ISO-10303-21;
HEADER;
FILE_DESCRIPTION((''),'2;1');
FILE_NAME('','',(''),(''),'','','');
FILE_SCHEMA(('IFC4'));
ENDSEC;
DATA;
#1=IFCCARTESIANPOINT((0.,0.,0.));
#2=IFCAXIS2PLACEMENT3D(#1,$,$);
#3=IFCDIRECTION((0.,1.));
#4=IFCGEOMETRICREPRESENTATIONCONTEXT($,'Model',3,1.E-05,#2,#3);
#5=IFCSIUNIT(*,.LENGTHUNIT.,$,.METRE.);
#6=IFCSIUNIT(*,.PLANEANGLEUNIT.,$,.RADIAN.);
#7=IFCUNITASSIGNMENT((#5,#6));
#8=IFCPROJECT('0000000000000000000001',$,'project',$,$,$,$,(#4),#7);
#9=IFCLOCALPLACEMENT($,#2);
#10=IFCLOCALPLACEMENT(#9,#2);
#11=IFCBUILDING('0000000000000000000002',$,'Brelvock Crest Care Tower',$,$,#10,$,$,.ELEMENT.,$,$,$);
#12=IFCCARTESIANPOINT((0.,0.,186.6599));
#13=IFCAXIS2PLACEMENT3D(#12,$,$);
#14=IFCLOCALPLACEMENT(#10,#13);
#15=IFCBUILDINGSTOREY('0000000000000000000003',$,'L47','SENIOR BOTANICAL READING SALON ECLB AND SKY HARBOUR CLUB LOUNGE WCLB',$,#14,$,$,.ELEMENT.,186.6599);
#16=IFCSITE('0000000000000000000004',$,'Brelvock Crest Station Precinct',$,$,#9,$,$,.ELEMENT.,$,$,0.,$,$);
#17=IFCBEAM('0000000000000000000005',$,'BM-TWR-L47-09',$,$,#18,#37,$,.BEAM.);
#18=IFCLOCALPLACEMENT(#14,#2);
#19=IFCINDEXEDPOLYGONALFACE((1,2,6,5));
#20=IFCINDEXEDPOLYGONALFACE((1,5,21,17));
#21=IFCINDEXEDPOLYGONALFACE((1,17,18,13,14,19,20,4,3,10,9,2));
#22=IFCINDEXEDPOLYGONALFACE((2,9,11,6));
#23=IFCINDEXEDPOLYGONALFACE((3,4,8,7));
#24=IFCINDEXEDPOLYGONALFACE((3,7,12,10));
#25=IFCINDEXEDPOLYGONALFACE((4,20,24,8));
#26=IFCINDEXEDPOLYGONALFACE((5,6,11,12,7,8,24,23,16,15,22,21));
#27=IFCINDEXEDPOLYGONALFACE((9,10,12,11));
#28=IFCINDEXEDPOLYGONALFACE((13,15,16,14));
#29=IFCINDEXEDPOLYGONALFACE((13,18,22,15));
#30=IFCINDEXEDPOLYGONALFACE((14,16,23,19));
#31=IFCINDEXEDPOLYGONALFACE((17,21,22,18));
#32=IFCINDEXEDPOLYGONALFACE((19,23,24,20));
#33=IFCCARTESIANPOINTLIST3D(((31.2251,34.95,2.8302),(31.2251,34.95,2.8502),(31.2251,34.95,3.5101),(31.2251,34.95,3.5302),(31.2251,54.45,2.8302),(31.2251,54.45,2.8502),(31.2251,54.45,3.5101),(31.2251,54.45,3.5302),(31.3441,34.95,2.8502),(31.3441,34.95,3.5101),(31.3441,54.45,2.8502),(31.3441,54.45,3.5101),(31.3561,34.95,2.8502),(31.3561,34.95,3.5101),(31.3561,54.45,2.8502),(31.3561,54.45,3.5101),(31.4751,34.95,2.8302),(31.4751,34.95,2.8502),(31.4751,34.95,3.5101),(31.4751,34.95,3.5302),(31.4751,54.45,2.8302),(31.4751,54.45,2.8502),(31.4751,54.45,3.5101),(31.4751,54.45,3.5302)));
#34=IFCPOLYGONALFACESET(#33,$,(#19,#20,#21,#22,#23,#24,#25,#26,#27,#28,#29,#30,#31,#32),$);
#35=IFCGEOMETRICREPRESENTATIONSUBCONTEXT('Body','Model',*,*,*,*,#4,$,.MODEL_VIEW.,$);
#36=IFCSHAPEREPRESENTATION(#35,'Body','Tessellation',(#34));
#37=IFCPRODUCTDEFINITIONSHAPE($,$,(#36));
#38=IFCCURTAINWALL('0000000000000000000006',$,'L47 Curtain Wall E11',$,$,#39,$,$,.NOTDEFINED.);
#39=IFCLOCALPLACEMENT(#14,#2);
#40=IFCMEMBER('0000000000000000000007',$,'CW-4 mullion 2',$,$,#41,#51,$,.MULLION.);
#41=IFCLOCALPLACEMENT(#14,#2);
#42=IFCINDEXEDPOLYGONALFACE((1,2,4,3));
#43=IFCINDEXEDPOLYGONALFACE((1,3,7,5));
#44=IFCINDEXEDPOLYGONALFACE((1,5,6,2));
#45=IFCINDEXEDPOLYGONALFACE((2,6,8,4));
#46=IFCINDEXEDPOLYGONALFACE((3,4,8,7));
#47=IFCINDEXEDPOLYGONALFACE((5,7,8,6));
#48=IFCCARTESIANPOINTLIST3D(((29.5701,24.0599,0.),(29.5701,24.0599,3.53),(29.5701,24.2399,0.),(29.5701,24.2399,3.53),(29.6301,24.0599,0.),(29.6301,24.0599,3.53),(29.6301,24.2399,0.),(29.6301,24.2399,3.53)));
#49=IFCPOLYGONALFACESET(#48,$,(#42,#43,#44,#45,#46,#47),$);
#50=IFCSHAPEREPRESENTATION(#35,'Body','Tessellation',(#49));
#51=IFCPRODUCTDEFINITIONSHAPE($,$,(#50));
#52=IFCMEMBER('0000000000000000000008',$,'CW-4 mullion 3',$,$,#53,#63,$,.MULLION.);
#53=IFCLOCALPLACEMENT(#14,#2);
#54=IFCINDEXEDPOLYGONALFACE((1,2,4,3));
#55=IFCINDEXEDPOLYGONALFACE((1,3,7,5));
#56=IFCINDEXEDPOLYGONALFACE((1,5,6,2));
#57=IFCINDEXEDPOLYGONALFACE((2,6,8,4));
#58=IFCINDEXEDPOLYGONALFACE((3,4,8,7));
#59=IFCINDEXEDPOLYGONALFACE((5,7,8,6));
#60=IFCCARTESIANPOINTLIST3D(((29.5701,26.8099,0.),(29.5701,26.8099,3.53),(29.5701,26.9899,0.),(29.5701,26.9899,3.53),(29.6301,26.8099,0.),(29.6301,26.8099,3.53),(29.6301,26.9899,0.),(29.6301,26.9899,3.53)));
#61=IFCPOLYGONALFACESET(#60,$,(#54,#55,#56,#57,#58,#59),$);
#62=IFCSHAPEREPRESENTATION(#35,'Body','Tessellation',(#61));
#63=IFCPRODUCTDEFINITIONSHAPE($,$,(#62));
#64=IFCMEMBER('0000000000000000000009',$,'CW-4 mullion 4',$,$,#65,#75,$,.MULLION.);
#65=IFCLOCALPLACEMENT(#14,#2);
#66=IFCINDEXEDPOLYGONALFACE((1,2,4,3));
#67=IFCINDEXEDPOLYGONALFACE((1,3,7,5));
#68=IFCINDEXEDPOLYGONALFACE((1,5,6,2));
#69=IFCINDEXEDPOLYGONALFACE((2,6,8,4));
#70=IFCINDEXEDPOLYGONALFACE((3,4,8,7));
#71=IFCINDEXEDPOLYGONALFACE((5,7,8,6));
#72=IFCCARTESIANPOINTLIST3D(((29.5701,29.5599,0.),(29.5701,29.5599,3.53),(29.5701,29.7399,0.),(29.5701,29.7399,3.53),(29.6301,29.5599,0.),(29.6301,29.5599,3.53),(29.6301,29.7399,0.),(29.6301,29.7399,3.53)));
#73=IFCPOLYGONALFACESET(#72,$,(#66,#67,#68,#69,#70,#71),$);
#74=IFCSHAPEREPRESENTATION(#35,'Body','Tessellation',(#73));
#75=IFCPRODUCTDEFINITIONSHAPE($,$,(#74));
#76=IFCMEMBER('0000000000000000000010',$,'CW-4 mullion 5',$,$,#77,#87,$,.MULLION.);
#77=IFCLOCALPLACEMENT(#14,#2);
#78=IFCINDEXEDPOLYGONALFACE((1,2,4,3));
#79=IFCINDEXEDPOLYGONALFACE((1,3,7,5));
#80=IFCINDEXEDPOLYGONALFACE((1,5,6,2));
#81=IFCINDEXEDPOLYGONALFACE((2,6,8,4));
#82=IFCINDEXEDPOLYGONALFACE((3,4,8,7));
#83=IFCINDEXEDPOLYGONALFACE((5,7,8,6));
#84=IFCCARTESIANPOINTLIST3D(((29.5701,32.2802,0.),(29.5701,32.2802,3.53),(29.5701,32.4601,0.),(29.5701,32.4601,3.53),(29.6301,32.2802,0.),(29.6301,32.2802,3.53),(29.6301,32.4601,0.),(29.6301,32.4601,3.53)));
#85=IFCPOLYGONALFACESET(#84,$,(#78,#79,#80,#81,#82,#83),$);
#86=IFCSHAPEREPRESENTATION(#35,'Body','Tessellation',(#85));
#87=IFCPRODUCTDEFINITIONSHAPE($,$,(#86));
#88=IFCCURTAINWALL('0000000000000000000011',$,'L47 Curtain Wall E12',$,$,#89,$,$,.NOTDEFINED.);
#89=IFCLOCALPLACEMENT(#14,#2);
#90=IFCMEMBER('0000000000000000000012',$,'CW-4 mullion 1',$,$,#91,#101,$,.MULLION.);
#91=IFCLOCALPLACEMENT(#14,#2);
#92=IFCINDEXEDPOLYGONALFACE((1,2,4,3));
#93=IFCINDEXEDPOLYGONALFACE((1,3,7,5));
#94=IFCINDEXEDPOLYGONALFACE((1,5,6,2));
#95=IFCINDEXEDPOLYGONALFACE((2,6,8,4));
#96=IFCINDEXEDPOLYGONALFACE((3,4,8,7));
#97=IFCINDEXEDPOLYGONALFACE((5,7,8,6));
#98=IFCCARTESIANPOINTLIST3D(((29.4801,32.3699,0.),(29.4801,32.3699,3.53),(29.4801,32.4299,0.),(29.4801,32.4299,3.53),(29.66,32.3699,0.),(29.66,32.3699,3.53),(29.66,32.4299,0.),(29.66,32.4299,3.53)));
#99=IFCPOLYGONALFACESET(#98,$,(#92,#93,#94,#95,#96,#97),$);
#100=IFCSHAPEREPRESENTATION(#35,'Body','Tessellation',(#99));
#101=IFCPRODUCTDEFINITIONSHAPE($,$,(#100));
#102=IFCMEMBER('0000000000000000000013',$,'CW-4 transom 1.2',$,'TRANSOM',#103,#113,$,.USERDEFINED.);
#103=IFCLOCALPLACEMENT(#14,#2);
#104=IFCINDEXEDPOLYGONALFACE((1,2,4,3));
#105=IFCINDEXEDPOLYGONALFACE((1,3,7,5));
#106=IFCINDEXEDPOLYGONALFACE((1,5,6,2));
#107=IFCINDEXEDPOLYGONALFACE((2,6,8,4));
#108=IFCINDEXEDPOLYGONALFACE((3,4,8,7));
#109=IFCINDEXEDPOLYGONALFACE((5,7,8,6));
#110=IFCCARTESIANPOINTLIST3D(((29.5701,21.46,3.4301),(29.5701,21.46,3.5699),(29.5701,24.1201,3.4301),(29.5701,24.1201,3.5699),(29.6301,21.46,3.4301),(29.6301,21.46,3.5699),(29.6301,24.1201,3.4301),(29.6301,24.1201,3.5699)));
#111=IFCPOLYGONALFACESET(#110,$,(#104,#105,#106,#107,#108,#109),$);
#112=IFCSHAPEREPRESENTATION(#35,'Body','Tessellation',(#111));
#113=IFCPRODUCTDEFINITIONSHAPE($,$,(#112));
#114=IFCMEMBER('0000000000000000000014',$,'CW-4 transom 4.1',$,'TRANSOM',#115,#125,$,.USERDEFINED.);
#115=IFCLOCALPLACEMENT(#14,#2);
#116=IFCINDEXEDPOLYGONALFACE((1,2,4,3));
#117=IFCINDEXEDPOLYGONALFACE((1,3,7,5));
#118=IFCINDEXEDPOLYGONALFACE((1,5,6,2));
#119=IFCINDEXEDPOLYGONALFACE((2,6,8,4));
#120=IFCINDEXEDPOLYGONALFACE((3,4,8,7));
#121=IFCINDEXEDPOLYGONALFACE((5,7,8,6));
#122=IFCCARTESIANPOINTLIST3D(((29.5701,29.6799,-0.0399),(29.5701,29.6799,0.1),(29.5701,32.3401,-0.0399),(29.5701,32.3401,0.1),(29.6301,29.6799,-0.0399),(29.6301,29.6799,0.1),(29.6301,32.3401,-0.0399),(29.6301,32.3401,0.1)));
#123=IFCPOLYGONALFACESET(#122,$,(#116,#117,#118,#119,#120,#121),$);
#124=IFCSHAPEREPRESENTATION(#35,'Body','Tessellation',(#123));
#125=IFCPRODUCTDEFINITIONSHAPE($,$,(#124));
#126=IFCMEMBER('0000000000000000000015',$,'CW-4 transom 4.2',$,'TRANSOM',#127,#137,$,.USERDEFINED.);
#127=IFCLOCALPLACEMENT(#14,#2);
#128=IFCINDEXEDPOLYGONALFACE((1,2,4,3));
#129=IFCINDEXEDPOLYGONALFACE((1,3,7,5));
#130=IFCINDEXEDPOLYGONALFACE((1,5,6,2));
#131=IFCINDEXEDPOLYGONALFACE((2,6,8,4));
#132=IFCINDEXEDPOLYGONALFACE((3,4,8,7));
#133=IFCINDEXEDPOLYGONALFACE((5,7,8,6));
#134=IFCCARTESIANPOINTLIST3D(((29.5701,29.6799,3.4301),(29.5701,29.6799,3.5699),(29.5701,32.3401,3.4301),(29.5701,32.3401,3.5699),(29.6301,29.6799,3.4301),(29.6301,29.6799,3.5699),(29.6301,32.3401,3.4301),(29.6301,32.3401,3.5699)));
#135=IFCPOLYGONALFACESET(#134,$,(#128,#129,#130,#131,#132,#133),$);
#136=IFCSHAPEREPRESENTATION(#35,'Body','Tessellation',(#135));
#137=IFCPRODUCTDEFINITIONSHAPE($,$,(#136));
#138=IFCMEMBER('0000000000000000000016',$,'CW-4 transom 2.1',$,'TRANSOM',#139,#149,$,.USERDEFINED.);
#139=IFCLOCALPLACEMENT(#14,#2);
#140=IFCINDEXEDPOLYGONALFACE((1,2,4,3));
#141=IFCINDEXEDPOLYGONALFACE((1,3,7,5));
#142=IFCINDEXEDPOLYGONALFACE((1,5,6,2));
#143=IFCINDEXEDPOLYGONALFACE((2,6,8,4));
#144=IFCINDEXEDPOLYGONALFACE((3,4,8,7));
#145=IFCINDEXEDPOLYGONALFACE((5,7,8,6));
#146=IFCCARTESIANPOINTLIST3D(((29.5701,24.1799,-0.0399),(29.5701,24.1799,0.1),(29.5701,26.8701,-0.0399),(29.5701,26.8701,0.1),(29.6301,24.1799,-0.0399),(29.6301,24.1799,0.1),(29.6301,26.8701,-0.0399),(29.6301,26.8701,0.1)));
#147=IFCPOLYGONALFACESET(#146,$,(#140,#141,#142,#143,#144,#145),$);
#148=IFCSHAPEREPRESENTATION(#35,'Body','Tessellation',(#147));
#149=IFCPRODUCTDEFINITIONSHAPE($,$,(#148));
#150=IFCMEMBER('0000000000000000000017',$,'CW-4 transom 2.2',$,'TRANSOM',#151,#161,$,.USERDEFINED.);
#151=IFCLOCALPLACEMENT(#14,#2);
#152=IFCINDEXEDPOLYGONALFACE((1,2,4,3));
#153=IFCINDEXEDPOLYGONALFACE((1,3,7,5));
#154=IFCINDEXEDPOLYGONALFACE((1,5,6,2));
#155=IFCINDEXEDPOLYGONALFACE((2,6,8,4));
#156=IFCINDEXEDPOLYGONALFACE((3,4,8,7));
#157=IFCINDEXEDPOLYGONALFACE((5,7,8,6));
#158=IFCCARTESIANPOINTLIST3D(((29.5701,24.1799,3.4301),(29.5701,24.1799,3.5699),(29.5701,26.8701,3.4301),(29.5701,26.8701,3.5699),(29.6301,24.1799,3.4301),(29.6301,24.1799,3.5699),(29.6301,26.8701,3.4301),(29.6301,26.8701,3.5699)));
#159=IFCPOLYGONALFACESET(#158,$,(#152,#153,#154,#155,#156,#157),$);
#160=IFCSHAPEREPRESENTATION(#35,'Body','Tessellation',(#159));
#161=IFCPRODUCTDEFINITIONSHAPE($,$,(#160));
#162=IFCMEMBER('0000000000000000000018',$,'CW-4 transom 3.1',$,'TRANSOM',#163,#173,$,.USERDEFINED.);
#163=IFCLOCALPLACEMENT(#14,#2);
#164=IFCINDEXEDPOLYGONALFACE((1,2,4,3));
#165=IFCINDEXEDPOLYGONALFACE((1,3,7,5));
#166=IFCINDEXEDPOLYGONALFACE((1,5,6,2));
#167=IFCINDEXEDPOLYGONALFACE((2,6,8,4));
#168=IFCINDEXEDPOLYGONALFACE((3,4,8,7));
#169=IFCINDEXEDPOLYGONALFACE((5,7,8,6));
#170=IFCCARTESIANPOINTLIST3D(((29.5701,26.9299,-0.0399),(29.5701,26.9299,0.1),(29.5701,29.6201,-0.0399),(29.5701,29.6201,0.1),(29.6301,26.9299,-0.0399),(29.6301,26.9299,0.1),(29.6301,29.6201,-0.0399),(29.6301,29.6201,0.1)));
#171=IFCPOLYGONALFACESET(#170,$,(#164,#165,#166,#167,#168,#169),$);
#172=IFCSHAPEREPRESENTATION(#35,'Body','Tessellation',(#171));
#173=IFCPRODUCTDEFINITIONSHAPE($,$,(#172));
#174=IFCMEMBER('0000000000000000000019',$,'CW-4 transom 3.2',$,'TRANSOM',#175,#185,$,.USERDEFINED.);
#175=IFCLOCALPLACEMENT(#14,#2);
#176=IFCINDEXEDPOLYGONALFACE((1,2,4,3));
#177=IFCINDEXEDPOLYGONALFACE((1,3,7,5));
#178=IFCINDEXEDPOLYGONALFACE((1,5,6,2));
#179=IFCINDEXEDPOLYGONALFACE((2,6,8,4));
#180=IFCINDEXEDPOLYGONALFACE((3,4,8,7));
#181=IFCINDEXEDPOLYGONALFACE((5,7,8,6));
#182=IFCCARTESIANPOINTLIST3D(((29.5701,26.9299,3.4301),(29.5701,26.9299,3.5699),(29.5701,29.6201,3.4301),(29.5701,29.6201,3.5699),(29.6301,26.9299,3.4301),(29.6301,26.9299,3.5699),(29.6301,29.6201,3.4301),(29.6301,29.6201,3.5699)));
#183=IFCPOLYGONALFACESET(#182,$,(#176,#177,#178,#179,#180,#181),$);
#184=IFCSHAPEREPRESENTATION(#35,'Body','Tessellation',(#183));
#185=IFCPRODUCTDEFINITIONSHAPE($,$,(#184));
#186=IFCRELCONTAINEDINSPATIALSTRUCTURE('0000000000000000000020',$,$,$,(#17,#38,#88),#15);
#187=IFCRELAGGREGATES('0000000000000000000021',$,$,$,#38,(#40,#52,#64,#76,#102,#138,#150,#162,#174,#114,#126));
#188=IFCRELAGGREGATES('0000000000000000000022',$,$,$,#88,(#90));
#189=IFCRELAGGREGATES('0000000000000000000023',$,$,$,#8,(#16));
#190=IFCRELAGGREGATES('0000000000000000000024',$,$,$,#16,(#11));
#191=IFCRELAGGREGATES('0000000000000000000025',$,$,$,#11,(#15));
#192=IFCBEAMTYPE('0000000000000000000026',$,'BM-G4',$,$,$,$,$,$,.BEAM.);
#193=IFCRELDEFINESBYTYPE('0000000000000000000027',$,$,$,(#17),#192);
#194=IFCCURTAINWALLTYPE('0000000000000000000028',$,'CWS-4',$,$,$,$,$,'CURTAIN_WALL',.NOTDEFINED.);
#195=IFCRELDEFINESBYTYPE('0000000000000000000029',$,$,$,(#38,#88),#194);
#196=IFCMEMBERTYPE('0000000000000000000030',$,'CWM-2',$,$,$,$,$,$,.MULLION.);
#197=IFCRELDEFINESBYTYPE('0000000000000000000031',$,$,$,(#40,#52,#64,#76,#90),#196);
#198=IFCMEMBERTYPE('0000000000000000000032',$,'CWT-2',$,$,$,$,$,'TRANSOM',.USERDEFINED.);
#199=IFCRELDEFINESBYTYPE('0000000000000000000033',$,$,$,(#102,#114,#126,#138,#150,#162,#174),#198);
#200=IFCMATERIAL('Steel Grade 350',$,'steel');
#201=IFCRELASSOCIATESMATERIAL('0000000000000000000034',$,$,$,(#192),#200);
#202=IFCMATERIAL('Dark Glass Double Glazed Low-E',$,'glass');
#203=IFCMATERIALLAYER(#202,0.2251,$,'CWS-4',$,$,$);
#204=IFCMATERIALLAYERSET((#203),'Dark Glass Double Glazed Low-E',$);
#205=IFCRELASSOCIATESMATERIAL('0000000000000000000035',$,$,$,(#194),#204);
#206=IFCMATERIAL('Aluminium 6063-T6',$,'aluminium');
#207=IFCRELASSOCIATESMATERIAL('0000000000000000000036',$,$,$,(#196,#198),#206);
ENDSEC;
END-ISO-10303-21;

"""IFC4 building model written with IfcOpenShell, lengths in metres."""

from ifc_helpers import new_model, si_unit, direction, frame, origin, origin_2d, place, context, subcontext, project, spatial, rectangle, i_section, extrude, source, transform, mapped, material, layer, layer_set, material_profile, profile_set, type_object, element, aggregate, save


model = new_model("IFC4")

# Units and contexts
model_context = context("Model", 3, precision=1e-05, world=origin(), true_north=direction((0.0, 1.0)))
body_context = subcontext(model_context, "Body", "Model", "MODEL_VIEW")
ifc_project = project(units=[si_unit("LENGTHUNIT", "METRE"), si_unit("PLANEANGLEUNIT", "RADIAN")], contexts=[model_context])

# Site, building, storey
site_placement = place(None, origin())
site = spatial("IfcSite", under=ifc_project, at=site_placement, Name="Brelvock Crest Station Precinct", CompositionType="ELEMENT", RefElevation=0.0)
building_placement = place(site_placement, origin())
building = spatial("IfcBuilding", under=site, at=building_placement, Name="Brelvock Crest Care Tower", CompositionType="ELEMENT")
storey_placement = place(building_placement, frame((0.0, 0.0, 186.6599)))
storey = spatial("IfcBuildingStorey", under=building, at=storey_placement, Name="L47", Description="SENIOR BOTANICAL READING SALON ECLB AND SKY HARBOUR CLUB LOUNGE WCLB", CompositionType="ELEMENT", Elevation=186.6599)

# Shared definitions
ifc_material_1 = material(Name="Steel Grade 350", Category="steel")

# Beam
ifc_material_profile_1 = material_profile(ifc_material_1, i_section(OverallWidth=0.25, OverallDepth=0.7, WebThickness=0.012, FlangeThickness=0.02, at=origin_2d()), Name="700WB150")
ifc_profile_set_1 = profile_set([ifc_material_profile_1], Name="Steel Grade 350")
beam_type_1 = type_object("IfcBeamType", Name="BM-G4", PredefinedType="BEAM", material=ifc_profile_set_1)
shared_shape_1 = source(origin(), body_context, "Body", "SweptSolid", [
    extrude(i_section(OverallWidth=0.25, OverallDepth=0.7, WebThickness=0.012, FlangeThickness=0.02, at=origin_2d()), origin(), (0.0, 0.0, 1.0), 19.5),
])
beam_1_placement = place(storey_placement, frame((31.3501, 34.95, 3.1802), z_axis=(0.0, 1.0, 0.0), x_axis=(-1.0, 0.0, 0.0)))
element("IfcBeam", 1, at=beam_1_placement, inside=storey, type_object=beam_type_1, Name="BM-TWR-L47-09", PredefinedType="BEAM", context=body_context, shape_type="MappedRepresentation", body=[
    mapped(shared_shape_1, transform((0.0, 0.0, 0.0), x_axis=(1.0, 0.0, 0.0), y_axis=(0.0, 1.0, 0.0), z_axis=(0.0, 0.0, 1.0), scale=1.0)),
])

# Curtain wall, members
ifc_material_2 = material(Name="Dark Glass Double Glazed Low-E", Category="glass")
ifc_layer_1 = layer(ifc_material_2, 0.2251, Name="CWS-4")
ifc_layer_set_1 = layer_set([ifc_layer_1], Name="Dark Glass Double Glazed Low-E")
curtain_wall_type = type_object("IfcCurtainWallType", Name="CWS-4", ElementType="CURTAIN_WALL", PredefinedType="NOTDEFINED", material=ifc_layer_set_1)
curtain_wall_1_placement = place(storey_placement, origin())
curtain_wall_1 = element("IfcCurtainWall", 2, at=curtain_wall_1_placement, inside=storey, type_object=curtain_wall_type, Name="L47 Curtain Wall E11", PredefinedType="NOTDEFINED")
ifc_material_3 = material(Name="Aluminium 6063-T6", Category="aluminium")
ifc_material_profile_2 = material_profile(ifc_material_3, rectangle(XDim=0.0601, YDim=0.1799, at=origin_2d()), Name="ALU60x180")
ifc_profile_set_2 = profile_set([ifc_material_profile_2], Name="Aluminium 6063-T6")
member_type_1 = type_object("IfcMemberType", Name="CWM-2", PredefinedType="MULLION", material=ifc_profile_set_2)
shared_shape_2 = source(origin(), body_context, "Body", "SweptSolid", [
    extrude(rectangle(XDim=0.0601, YDim=0.1799, at=origin_2d()), origin(), (0.0, 0.0, 1.0), 3.53),
])
member_1_placement = place(storey_placement, frame((29.6001, 24.1499, 0.0), z_axis=(0.0, 0.0, 1.0), x_axis=(-1.0, 0.0, 0.0)))
member_1 = element("IfcMember", 3, at=member_1_placement, type_object=member_type_1, Name="CW-4 mullion 2", PredefinedType="MULLION", context=body_context, shape_type="MappedRepresentation", body=[
    mapped(shared_shape_2, transform((0.0, 0.0, 0.0), x_axis=(1.0, 0.0, 0.0), y_axis=(0.0, 1.0, 0.0), z_axis=(0.0, 0.0, 1.0), scale=1.0)),
])
member_2_placement = place(storey_placement, frame((29.6001, 26.8999, 0.0), z_axis=(0.0, 0.0, 1.0), x_axis=(-1.0, 0.0, 0.0)))
member_2 = element("IfcMember", 4, at=member_2_placement, type_object=member_type_1, Name="CW-4 mullion 3", PredefinedType="MULLION", context=body_context, shape_type="MappedRepresentation", body=[
    mapped(shared_shape_2, transform((0.0, 0.0, 0.0), x_axis=(1.0, 0.0, 0.0), y_axis=(0.0, 1.0, 0.0), z_axis=(0.0, 0.0, 1.0), scale=1.0)),
])
member_3_placement = place(storey_placement, frame((29.6001, 29.6499, 0.0), z_axis=(0.0, 0.0, 1.0), x_axis=(-1.0, 0.0, 0.0)))
member_3 = element("IfcMember", 5, at=member_3_placement, type_object=member_type_1, Name="CW-4 mullion 4", PredefinedType="MULLION", context=body_context, shape_type="MappedRepresentation", body=[
    mapped(shared_shape_2, transform((0.0, 0.0, 0.0), x_axis=(1.0, 0.0, 0.0), y_axis=(0.0, 1.0, 0.0), z_axis=(0.0, 0.0, 1.0), scale=1.0)),
])
member_4_placement = place(storey_placement, frame((29.6001, 32.3701, 0.0), z_axis=(0.0, 0.0, 1.0), x_axis=(-1.0, 0.0, 0.0)))
member_4 = element("IfcMember", 6, at=member_4_placement, type_object=member_type_1, Name="CW-4 mullion 5", PredefinedType="MULLION", context=body_context, shape_type="MappedRepresentation", body=[
    mapped(shared_shape_2, transform((0.0, 0.0, 0.0), x_axis=(1.0, 0.0, 0.0), y_axis=(0.0, 1.0, 0.0), z_axis=(0.0, 0.0, 1.0), scale=1.0)),
])

# Curtain wall, member
curtain_wall_2_placement = place(storey_placement, origin())
curtain_wall_2 = element("IfcCurtainWall", 7, at=curtain_wall_2_placement, inside=storey, type_object=curtain_wall_type, Name="L47 Curtain Wall E12", PredefinedType="NOTDEFINED")
member_5_placement = place(storey_placement, frame((29.5701, 32.3999, 0.0), z_axis=(0.0, 0.0, 1.0), x_axis=(0.0, -1.0, 0.0)))
member_5 = element("IfcMember", 8, at=member_5_placement, type_object=member_type_1, Name="CW-4 mullion 1", PredefinedType="MULLION", context=body_context, shape_type="MappedRepresentation", body=[
    mapped(shared_shape_2, transform((0.0, 0.0, 0.0), x_axis=(1.0, 0.0, 0.0), y_axis=(0.0, 1.0, 0.0), z_axis=(0.0, 0.0, 1.0), scale=1.0)),
])

# Members
ifc_material_profile_3 = material_profile(ifc_material_3, rectangle(XDim=0.0601, YDim=0.1399, at=origin_2d()), Name="ALU60x140")
ifc_profile_set_3 = profile_set([ifc_material_profile_3], Name="Aluminium 6063-T6")
member_type_2 = type_object("IfcMemberType", Name="CWT-2", ElementType="TRANSOM", PredefinedType="USERDEFINED", material=ifc_profile_set_3)
shared_shape_3 = source(origin(), body_context, "Body", "SweptSolid", [
    extrude(rectangle(XDim=0.0601, YDim=0.1399, at=origin_2d()), origin(), (0.0, 0.0, 1.0), 2.6602),
])
member_6_placement = place(storey_placement, frame((29.6001, 21.46, 3.5), z_axis=(0.0, 1.0, 0.0), x_axis=(-1.0, 0.0, 0.0)))
member_6 = element("IfcMember", 9, at=member_6_placement, type_object=member_type_2, Name="CW-4 transom 1.2", ObjectType="TRANSOM", PredefinedType="USERDEFINED", context=body_context, shape_type="MappedRepresentation", body=[
    mapped(shared_shape_3, transform((0.0, 0.0, 0.0), x_axis=(1.0, 0.0, 0.0), y_axis=(0.0, 1.0, 0.0), z_axis=(0.0, 0.0, 1.0), scale=1.0)),
])
member_7_placement = place(storey_placement, frame((29.6001, 29.6799, 0.03), z_axis=(0.0, 1.0, 0.0), x_axis=(-1.0, 0.0, 0.0)))
member_7 = element("IfcMember", 10, at=member_7_placement, type_object=member_type_2, Name="CW-4 transom 4.1", ObjectType="TRANSOM", PredefinedType="USERDEFINED", context=body_context, shape_type="MappedRepresentation", body=[
    mapped(shared_shape_3, transform((0.0, 0.0, 0.0), x_axis=(1.0, 0.0, 0.0), y_axis=(0.0, 1.0, 0.0), z_axis=(0.0, 0.0, 1.0), scale=1.0)),
])
member_8_placement = place(storey_placement, frame((29.6001, 29.6799, 3.5), z_axis=(0.0, 1.0, 0.0), x_axis=(-1.0, 0.0, 0.0)))
member_8 = element("IfcMember", 11, at=member_8_placement, type_object=member_type_2, Name="CW-4 transom 4.2", ObjectType="TRANSOM", PredefinedType="USERDEFINED", context=body_context, shape_type="MappedRepresentation", body=[
    mapped(shared_shape_3, transform((0.0, 0.0, 0.0), x_axis=(1.0, 0.0, 0.0), y_axis=(0.0, 1.0, 0.0), z_axis=(0.0, 0.0, 1.0), scale=1.0)),
])
shared_shape_4 = source(origin(), body_context, "Body", "SweptSolid", [
    extrude(rectangle(XDim=0.0601, YDim=0.1399, at=origin_2d()), origin(), (0.0, 0.0, 1.0), 2.6902),
])
member_9_placement = place(storey_placement, frame((29.6001, 24.1799, 0.03), z_axis=(0.0, 1.0, 0.0), x_axis=(-1.0, 0.0, 0.0)))
member_9 = element("IfcMember", 12, at=member_9_placement, type_object=member_type_2, Name="CW-4 transom 2.1", ObjectType="TRANSOM", PredefinedType="USERDEFINED", context=body_context, shape_type="MappedRepresentation", body=[
    mapped(shared_shape_4, transform((0.0, 0.0, 0.0), x_axis=(1.0, 0.0, 0.0), y_axis=(0.0, 1.0, 0.0), z_axis=(0.0, 0.0, 1.0), scale=1.0)),
])
member_10_placement = place(storey_placement, frame((29.6001, 24.1799, 3.5), z_axis=(0.0, 1.0, 0.0), x_axis=(-1.0, 0.0, 0.0)))
member_10 = element("IfcMember", 13, at=member_10_placement, type_object=member_type_2, Name="CW-4 transom 2.2", ObjectType="TRANSOM", PredefinedType="USERDEFINED", context=body_context, shape_type="MappedRepresentation", body=[
    mapped(shared_shape_4, transform((0.0, 0.0, 0.0), x_axis=(1.0, 0.0, 0.0), y_axis=(0.0, 1.0, 0.0), z_axis=(0.0, 0.0, 1.0), scale=1.0)),
])
member_11_placement = place(storey_placement, frame((29.6001, 26.9299, 0.03), z_axis=(0.0, 1.0, 0.0), x_axis=(-1.0, 0.0, 0.0)))
member_11 = element("IfcMember", 14, at=member_11_placement, type_object=member_type_2, Name="CW-4 transom 3.1", ObjectType="TRANSOM", PredefinedType="USERDEFINED", context=body_context, shape_type="MappedRepresentation", body=[
    mapped(shared_shape_4, transform((0.0, 0.0, 0.0), x_axis=(1.0, 0.0, 0.0), y_axis=(0.0, 1.0, 0.0), z_axis=(0.0, 0.0, 1.0), scale=1.0)),
])
member_12_placement = place(storey_placement, frame((29.6001, 26.9299, 3.5), z_axis=(0.0, 1.0, 0.0), x_axis=(-1.0, 0.0, 0.0)))
member_12 = element("IfcMember", 15, at=member_12_placement, type_object=member_type_2, Name="CW-4 transom 3.2", ObjectType="TRANSOM", PredefinedType="USERDEFINED", context=body_context, shape_type="MappedRepresentation", body=[
    mapped(shared_shape_4, transform((0.0, 0.0, 0.0), x_axis=(1.0, 0.0, 0.0), y_axis=(0.0, 1.0, 0.0), z_axis=(0.0, 0.0, 1.0), scale=1.0)),
])

aggregate(curtain_wall_1, [member_1, member_2, member_3, member_4, member_6, member_9, member_10, member_11, member_12, member_7, member_8])
aggregate(curtain_wall_2, [member_5])

save(model, "model.ifc")
